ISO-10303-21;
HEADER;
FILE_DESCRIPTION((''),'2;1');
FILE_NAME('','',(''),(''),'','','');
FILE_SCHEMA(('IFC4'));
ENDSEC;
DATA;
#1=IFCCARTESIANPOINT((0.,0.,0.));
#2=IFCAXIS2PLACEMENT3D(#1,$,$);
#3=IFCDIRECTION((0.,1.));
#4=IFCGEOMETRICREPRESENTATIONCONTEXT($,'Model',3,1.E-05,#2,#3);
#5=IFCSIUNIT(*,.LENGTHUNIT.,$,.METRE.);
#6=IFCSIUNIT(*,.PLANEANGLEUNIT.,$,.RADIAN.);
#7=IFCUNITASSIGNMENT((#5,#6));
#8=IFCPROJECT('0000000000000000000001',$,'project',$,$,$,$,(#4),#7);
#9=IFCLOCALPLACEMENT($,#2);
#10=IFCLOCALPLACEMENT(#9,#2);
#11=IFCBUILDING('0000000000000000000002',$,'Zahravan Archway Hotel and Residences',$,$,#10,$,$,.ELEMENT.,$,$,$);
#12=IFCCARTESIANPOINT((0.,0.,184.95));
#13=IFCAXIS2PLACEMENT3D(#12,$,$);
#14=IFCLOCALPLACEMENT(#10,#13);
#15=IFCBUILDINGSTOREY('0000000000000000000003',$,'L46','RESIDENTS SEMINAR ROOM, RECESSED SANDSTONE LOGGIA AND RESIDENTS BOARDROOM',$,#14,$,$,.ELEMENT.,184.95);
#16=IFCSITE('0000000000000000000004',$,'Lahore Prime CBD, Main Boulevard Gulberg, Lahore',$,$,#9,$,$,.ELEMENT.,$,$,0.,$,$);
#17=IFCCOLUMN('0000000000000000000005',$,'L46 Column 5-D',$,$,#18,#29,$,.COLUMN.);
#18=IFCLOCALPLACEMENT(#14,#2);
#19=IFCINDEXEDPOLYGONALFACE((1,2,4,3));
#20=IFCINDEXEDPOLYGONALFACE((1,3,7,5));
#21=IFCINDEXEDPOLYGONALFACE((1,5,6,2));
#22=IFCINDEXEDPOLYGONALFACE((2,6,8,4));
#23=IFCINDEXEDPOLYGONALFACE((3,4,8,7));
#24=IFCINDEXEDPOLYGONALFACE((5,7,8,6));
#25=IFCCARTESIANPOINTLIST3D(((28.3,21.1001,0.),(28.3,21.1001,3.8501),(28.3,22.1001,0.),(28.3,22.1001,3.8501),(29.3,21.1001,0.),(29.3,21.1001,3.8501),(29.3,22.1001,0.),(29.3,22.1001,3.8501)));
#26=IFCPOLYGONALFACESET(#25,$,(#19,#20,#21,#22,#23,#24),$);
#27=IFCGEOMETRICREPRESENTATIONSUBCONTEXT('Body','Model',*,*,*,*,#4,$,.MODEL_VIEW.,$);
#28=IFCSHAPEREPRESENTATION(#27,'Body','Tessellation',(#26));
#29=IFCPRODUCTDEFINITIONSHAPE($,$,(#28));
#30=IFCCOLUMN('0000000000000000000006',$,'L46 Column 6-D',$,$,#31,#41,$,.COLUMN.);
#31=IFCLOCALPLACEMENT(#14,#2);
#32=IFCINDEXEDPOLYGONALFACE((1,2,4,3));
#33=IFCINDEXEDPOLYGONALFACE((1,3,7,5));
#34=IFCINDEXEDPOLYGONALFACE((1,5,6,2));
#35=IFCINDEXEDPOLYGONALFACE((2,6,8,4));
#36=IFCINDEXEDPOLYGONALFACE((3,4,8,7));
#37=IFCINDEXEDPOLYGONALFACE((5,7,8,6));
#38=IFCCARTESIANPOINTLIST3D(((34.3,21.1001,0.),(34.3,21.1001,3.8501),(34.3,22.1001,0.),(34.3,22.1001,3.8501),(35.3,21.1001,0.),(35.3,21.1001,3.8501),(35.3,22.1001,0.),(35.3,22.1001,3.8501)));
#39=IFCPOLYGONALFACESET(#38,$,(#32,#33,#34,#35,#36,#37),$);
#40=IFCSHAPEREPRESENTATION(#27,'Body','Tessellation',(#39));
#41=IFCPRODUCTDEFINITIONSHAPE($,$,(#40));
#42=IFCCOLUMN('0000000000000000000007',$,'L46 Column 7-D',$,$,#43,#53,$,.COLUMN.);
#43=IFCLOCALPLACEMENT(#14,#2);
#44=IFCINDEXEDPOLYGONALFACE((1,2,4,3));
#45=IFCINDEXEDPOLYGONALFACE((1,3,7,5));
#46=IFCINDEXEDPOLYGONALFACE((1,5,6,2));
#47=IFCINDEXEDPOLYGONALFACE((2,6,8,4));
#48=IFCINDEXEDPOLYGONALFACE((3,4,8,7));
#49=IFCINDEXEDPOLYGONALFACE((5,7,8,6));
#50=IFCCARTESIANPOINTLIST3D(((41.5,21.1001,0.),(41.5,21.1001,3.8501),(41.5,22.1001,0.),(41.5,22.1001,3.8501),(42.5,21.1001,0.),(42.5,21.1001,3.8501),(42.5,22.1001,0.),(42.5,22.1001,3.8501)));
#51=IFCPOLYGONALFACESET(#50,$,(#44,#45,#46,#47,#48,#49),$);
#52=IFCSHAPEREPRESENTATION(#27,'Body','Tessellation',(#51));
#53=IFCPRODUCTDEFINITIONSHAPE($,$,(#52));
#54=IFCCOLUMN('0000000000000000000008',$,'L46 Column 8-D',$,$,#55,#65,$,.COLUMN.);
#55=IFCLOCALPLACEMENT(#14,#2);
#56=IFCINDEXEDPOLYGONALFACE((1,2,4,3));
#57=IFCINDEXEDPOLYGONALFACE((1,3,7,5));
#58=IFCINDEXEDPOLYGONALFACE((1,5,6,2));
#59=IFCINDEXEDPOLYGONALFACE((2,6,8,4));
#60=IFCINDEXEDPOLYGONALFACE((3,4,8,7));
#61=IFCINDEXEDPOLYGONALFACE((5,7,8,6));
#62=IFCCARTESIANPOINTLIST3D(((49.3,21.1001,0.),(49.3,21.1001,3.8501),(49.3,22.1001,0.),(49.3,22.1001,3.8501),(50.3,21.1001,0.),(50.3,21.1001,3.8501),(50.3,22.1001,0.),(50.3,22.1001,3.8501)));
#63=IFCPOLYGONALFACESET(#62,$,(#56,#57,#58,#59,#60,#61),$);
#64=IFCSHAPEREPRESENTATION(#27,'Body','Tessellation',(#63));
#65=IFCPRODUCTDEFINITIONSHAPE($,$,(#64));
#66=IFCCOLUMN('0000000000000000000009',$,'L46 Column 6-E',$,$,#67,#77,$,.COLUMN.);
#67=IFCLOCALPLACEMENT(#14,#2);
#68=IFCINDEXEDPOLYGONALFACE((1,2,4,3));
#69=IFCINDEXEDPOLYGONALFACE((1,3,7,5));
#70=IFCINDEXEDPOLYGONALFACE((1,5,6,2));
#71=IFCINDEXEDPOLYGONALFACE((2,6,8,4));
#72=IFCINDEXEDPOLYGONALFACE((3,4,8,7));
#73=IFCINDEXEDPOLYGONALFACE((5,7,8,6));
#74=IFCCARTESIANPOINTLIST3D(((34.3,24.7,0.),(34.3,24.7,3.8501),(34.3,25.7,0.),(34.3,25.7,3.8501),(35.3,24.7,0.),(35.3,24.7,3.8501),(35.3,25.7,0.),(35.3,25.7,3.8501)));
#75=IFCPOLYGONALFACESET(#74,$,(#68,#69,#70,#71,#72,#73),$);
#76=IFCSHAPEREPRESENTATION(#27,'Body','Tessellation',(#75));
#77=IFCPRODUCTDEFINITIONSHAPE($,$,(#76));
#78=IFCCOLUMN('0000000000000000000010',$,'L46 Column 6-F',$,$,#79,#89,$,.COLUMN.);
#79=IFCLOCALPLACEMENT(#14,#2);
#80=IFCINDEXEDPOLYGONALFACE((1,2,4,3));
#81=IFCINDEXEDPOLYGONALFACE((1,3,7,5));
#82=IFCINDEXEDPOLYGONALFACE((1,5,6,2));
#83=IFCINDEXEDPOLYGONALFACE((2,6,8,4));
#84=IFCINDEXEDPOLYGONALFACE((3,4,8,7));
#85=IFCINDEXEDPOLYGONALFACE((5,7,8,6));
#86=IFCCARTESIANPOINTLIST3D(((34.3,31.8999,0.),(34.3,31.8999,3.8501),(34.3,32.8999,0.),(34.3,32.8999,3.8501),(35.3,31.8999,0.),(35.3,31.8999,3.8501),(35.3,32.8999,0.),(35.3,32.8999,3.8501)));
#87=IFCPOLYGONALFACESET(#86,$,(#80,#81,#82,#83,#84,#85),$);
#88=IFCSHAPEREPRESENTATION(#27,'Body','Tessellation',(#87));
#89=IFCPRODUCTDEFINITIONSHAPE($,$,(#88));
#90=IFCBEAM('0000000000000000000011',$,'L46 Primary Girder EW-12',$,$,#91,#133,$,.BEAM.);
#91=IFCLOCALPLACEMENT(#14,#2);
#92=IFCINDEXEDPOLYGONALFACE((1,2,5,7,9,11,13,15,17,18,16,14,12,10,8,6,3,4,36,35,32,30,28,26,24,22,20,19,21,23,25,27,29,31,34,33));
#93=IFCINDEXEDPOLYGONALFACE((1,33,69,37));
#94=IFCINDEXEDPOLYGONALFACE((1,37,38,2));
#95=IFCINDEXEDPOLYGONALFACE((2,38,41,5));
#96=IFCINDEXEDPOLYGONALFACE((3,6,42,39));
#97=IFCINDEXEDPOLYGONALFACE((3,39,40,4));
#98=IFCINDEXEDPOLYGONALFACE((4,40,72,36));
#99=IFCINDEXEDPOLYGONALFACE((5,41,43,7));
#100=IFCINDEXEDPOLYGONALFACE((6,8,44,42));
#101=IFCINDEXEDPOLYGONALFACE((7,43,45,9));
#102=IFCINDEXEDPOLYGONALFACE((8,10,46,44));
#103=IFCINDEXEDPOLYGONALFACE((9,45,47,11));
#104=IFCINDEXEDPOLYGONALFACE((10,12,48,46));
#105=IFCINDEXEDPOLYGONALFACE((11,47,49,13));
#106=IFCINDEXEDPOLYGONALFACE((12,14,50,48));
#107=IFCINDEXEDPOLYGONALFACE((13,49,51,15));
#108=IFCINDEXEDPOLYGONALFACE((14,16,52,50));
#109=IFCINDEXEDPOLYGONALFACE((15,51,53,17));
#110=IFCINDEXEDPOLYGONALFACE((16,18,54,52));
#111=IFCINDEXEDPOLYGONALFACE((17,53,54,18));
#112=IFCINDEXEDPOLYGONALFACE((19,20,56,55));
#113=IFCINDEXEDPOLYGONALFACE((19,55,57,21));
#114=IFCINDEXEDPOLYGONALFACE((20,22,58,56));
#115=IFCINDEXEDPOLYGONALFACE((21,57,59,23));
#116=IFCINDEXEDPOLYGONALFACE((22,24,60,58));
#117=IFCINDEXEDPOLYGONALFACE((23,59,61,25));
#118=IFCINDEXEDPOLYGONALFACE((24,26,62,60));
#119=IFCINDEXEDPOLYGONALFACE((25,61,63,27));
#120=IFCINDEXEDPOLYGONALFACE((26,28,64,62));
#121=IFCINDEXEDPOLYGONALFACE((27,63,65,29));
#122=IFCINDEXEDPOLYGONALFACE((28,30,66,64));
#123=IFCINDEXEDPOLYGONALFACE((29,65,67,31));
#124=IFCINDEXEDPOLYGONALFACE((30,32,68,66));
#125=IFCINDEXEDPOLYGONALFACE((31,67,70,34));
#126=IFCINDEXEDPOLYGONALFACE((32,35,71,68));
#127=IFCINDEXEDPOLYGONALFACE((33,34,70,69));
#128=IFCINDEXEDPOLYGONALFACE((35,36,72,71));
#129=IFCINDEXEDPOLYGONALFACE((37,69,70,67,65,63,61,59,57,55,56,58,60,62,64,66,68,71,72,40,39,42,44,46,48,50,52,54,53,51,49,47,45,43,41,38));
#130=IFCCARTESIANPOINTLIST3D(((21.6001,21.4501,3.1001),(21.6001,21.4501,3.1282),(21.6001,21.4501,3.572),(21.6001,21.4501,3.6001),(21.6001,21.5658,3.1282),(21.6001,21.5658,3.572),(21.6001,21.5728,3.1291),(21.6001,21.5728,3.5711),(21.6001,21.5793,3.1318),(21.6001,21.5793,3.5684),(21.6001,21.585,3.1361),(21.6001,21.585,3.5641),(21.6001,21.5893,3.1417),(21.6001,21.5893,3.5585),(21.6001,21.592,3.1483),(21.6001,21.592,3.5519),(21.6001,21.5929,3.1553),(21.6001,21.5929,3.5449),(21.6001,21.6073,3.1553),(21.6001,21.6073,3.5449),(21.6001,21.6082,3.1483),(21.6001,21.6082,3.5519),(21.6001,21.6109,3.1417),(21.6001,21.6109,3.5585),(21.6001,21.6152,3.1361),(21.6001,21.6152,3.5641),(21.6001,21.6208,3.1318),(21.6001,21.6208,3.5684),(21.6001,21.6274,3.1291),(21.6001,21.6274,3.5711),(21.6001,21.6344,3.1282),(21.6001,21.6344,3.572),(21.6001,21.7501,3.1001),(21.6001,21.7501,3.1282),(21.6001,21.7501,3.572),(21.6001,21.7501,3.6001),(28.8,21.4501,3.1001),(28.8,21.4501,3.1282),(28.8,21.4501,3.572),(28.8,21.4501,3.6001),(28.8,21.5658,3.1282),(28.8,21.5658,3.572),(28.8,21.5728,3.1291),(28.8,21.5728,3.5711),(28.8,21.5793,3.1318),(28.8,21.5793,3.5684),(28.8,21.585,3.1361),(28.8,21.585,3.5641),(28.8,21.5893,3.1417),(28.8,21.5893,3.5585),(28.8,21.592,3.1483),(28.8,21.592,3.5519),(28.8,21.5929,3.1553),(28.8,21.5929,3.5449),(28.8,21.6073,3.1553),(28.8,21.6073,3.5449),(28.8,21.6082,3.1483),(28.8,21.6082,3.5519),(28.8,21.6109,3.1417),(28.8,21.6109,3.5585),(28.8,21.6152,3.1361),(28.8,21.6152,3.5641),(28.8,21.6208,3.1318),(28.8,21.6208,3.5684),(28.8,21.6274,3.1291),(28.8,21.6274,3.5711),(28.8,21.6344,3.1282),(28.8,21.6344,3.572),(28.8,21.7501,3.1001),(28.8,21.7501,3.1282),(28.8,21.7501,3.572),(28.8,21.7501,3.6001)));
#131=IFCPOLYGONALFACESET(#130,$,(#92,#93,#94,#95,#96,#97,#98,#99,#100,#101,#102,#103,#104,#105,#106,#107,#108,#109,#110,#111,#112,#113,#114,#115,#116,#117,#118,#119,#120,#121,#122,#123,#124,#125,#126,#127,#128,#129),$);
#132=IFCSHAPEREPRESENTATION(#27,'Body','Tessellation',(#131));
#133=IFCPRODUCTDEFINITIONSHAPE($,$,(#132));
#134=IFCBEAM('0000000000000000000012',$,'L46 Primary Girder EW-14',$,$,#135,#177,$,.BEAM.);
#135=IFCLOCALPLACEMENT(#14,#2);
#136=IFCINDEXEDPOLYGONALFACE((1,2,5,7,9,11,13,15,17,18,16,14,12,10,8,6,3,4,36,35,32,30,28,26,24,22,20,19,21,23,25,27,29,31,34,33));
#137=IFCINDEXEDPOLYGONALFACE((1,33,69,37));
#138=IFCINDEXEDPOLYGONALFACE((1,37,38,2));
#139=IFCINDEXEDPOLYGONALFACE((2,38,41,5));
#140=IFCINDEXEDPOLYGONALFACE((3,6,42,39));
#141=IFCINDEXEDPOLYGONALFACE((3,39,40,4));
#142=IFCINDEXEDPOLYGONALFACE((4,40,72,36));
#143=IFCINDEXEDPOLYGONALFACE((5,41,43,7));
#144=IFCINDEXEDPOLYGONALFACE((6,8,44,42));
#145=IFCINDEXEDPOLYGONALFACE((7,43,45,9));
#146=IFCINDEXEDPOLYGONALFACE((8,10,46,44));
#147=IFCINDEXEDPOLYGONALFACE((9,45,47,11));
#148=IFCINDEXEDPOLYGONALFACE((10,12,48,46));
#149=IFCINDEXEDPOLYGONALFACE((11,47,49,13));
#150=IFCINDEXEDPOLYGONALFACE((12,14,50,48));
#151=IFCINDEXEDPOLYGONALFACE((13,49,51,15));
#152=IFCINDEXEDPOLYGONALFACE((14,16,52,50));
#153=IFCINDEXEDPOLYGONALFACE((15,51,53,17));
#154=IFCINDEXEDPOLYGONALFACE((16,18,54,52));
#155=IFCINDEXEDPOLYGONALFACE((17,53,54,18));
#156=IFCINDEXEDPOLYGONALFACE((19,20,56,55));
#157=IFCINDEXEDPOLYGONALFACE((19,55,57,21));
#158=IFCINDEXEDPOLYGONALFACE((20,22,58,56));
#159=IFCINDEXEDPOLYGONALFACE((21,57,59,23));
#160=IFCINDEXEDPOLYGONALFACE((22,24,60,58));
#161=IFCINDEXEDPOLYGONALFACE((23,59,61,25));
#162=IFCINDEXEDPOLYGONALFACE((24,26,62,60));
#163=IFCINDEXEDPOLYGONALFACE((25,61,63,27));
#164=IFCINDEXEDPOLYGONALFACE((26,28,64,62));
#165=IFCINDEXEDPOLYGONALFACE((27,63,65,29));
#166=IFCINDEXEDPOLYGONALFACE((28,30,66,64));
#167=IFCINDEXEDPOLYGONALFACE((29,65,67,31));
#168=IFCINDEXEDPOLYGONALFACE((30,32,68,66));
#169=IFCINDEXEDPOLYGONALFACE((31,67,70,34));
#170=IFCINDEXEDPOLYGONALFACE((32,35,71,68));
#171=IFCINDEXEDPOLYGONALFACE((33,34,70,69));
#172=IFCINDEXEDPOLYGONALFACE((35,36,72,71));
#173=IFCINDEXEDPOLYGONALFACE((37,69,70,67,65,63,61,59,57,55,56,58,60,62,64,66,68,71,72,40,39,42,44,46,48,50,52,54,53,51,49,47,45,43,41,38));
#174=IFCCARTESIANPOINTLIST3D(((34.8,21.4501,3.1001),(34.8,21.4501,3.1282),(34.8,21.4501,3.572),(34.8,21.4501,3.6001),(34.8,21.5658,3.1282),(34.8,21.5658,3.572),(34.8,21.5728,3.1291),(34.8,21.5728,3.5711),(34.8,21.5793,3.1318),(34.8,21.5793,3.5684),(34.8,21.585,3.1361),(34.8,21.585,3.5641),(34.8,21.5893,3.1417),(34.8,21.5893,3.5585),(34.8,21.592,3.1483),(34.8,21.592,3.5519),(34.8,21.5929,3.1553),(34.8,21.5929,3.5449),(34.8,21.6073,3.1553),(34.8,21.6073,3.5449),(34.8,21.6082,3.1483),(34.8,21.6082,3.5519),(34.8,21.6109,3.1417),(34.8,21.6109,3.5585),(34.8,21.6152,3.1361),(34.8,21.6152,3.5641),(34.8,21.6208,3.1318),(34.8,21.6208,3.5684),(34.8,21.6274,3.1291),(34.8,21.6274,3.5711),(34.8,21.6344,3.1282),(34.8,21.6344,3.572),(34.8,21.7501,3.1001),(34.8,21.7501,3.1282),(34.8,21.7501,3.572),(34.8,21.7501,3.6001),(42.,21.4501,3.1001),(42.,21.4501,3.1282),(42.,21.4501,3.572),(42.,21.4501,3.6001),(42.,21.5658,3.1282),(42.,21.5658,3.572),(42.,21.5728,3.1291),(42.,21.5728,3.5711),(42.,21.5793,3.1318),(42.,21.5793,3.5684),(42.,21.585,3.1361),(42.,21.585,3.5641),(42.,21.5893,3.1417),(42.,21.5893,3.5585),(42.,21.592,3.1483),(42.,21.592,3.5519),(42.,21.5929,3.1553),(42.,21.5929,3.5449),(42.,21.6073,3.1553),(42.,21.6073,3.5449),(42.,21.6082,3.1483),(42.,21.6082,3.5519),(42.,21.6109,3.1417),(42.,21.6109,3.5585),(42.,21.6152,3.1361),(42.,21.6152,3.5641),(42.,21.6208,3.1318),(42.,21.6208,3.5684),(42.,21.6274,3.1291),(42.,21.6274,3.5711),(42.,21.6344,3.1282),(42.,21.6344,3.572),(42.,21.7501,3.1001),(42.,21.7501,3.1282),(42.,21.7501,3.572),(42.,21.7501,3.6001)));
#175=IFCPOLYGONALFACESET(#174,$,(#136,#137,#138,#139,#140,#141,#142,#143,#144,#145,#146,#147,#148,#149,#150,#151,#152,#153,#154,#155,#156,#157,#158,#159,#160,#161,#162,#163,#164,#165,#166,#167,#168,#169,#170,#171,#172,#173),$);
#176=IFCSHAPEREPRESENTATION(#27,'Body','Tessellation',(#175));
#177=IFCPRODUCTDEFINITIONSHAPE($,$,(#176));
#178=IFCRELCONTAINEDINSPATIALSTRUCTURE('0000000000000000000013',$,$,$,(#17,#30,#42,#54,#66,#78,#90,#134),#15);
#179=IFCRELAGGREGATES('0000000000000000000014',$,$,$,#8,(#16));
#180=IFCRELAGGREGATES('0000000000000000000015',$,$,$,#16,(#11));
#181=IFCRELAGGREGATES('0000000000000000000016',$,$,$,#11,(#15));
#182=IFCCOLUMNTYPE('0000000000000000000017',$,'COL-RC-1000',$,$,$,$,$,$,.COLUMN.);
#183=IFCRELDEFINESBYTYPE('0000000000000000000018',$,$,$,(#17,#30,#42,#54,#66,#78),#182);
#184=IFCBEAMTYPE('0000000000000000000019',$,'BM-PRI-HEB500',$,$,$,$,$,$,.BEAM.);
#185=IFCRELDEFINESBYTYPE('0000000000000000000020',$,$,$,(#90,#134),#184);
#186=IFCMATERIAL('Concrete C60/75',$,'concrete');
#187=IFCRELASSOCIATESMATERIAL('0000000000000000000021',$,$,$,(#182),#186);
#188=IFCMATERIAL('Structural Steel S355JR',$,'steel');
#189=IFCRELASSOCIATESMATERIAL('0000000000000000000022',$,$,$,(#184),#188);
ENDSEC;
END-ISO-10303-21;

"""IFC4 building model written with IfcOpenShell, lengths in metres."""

from ifc_helpers import new_model, si_unit, direction, frame, origin, origin_2d, place, context, subcontext, project, spatial, rectangle, i_section, extrude, source, transform, mapped, material, material_profile, profile_set, type_object, element, save


model = new_model("IFC4")

# Units and contexts
model_context = context("Model", 3, precision=1e-05, world=origin(), true_north=direction((0.0, 1.0)))
body_context = subcontext(model_context, "Body", "Model", "MODEL_VIEW")
ifc_project = project(units=[si_unit("LENGTHUNIT", "METRE"), si_unit("PLANEANGLEUNIT", "RADIAN")], contexts=[model_context])

# Site, building, storey
site_placement = place(None, origin())
site = spatial("IfcSite", under=ifc_project, at=site_placement, Name="Lahore Prime CBD, Main Boulevard Gulberg, Lahore", CompositionType="ELEMENT", RefElevation=0.0)
building_placement = place(site_placement, origin())
building = spatial("IfcBuilding", under=site, at=building_placement, Name="Zahravan Archway Hotel and Residences", CompositionType="ELEMENT")
storey_placement = place(building_placement, frame((0.0, 0.0, 184.95)))
storey = spatial("IfcBuildingStorey", under=building, at=storey_placement, Name="L46", Description="RESIDENTS SEMINAR ROOM, RECESSED SANDSTONE LOGGIA AND RESIDENTS BOARDROOM", CompositionType="ELEMENT", Elevation=184.95)

# Columns
ifc_material_1 = material(Name="Concrete C60/75", Category="concrete")
ifc_material_profile_1 = material_profile(ifc_material_1, rectangle(XDim=1.0, YDim=1.0, at=origin_2d()), Name="RC-COL-1000x1000", Category="concrete")
ifc_profile_set_1 = profile_set([ifc_material_profile_1], Name="Concrete C60/75")
column_type = type_object("IfcColumnType", Name="COL-RC-1000", PredefinedType="COLUMN", material=ifc_profile_set_1)
shared_shape_1 = source(origin(), body_context, "Body", "SweptSolid", [
    extrude(rectangle(XDim=1.0, YDim=1.0, at=origin_2d()), origin(), (0.0, 0.0, 1.0), 3.8501),
])
for number, where, z_axis, x_axis, name in (
    (1, (28.8, 21.6001, 0.0), (0.0, 0.0, 1.0), (1.0, 0.0, 0.0), "L46 Column 5-D"),
    (2, (34.8, 21.6001, 0.0), (0.0, 0.0, 1.0), (1.0, 0.0, 0.0), "L46 Column 6-D"),
    (3, (42.0, 21.6001, 0.0), (0.0, 0.0, 1.0), (1.0, 0.0, 0.0), "L46 Column 7-D"),
    (4, (49.8, 21.6001, 0.0), (0.0, 0.0, 1.0), (1.0, 0.0, 0.0), "L46 Column 8-D"),
    (5, (34.8, 25.2, 0.0), (0.0, 0.0, 1.0), (1.0, 0.0, 0.0), "L46 Column 6-E"),
    (6, (34.8, 32.3999, 0.0), (0.0, 0.0, 1.0), (1.0, 0.0, 0.0), "L46 Column 6-F"),
):
    element("IfcColumn", number, at=place(storey_placement, frame(where, z_axis=z_axis, x_axis=x_axis)), inside=storey, type_object=column_type, Name=name, PredefinedType="COLUMN", context=body_context, shape_type="MappedRepresentation", body=[
        mapped(shared_shape_1, transform((0.0, 0.0, 0.0), scale=1.0)),
    ])

# Beams
ifc_material_2 = material(Name="Structural Steel S355JR", Category="steel")
ifc_material_profile_2 = material_profile(ifc_material_2, i_section(OverallWidth=0.3, OverallDepth=0.5, WebThickness=0.0144, FlangeThickness=0.0281, FilletRadius=0.0271, at=origin_2d()), Name="HEB 500", Category="steel")
ifc_profile_set_2 = profile_set([ifc_material_profile_2], Name="Structural Steel S355JR")
beam_type = type_object("IfcBeamType", Name="BM-PRI-HEB500", PredefinedType="BEAM", material=ifc_profile_set_2)
shared_shape_2 = source(origin(), body_context, "Body", "SweptSolid", [
    extrude(i_section(OverallWidth=0.3, OverallDepth=0.5, WebThickness=0.0144, FlangeThickness=0.0281, FilletRadius=0.0271, at=origin_2d()), origin(), (0.0, 0.0, 1.0), 7.2),
])
for number, where, z_axis, x_axis, name in (
    (7, (21.6001, 21.6001, 3.3501), (1.0, 0.0, 0.0), (0.0, 1.0, 0.0), "L46 Primary Girder EW-12"),
    (8, (34.8, 21.6001, 3.3501), (1.0, 0.0, 0.0), (0.0, 1.0, 0.0), "L46 Primary Girder EW-14"),
):
    element("IfcBeam", number, at=place(storey_placement, frame(where, z_axis=z_axis, x_axis=x_axis)), inside=storey, type_object=beam_type, Name=name, PredefinedType="BEAM", context=body_context, shape_type="MappedRepresentation", body=[
        mapped(shared_shape_2, transform((0.0, 0.0, 0.0), scale=1.0)),
    ])

save(model, "model.ifc")
